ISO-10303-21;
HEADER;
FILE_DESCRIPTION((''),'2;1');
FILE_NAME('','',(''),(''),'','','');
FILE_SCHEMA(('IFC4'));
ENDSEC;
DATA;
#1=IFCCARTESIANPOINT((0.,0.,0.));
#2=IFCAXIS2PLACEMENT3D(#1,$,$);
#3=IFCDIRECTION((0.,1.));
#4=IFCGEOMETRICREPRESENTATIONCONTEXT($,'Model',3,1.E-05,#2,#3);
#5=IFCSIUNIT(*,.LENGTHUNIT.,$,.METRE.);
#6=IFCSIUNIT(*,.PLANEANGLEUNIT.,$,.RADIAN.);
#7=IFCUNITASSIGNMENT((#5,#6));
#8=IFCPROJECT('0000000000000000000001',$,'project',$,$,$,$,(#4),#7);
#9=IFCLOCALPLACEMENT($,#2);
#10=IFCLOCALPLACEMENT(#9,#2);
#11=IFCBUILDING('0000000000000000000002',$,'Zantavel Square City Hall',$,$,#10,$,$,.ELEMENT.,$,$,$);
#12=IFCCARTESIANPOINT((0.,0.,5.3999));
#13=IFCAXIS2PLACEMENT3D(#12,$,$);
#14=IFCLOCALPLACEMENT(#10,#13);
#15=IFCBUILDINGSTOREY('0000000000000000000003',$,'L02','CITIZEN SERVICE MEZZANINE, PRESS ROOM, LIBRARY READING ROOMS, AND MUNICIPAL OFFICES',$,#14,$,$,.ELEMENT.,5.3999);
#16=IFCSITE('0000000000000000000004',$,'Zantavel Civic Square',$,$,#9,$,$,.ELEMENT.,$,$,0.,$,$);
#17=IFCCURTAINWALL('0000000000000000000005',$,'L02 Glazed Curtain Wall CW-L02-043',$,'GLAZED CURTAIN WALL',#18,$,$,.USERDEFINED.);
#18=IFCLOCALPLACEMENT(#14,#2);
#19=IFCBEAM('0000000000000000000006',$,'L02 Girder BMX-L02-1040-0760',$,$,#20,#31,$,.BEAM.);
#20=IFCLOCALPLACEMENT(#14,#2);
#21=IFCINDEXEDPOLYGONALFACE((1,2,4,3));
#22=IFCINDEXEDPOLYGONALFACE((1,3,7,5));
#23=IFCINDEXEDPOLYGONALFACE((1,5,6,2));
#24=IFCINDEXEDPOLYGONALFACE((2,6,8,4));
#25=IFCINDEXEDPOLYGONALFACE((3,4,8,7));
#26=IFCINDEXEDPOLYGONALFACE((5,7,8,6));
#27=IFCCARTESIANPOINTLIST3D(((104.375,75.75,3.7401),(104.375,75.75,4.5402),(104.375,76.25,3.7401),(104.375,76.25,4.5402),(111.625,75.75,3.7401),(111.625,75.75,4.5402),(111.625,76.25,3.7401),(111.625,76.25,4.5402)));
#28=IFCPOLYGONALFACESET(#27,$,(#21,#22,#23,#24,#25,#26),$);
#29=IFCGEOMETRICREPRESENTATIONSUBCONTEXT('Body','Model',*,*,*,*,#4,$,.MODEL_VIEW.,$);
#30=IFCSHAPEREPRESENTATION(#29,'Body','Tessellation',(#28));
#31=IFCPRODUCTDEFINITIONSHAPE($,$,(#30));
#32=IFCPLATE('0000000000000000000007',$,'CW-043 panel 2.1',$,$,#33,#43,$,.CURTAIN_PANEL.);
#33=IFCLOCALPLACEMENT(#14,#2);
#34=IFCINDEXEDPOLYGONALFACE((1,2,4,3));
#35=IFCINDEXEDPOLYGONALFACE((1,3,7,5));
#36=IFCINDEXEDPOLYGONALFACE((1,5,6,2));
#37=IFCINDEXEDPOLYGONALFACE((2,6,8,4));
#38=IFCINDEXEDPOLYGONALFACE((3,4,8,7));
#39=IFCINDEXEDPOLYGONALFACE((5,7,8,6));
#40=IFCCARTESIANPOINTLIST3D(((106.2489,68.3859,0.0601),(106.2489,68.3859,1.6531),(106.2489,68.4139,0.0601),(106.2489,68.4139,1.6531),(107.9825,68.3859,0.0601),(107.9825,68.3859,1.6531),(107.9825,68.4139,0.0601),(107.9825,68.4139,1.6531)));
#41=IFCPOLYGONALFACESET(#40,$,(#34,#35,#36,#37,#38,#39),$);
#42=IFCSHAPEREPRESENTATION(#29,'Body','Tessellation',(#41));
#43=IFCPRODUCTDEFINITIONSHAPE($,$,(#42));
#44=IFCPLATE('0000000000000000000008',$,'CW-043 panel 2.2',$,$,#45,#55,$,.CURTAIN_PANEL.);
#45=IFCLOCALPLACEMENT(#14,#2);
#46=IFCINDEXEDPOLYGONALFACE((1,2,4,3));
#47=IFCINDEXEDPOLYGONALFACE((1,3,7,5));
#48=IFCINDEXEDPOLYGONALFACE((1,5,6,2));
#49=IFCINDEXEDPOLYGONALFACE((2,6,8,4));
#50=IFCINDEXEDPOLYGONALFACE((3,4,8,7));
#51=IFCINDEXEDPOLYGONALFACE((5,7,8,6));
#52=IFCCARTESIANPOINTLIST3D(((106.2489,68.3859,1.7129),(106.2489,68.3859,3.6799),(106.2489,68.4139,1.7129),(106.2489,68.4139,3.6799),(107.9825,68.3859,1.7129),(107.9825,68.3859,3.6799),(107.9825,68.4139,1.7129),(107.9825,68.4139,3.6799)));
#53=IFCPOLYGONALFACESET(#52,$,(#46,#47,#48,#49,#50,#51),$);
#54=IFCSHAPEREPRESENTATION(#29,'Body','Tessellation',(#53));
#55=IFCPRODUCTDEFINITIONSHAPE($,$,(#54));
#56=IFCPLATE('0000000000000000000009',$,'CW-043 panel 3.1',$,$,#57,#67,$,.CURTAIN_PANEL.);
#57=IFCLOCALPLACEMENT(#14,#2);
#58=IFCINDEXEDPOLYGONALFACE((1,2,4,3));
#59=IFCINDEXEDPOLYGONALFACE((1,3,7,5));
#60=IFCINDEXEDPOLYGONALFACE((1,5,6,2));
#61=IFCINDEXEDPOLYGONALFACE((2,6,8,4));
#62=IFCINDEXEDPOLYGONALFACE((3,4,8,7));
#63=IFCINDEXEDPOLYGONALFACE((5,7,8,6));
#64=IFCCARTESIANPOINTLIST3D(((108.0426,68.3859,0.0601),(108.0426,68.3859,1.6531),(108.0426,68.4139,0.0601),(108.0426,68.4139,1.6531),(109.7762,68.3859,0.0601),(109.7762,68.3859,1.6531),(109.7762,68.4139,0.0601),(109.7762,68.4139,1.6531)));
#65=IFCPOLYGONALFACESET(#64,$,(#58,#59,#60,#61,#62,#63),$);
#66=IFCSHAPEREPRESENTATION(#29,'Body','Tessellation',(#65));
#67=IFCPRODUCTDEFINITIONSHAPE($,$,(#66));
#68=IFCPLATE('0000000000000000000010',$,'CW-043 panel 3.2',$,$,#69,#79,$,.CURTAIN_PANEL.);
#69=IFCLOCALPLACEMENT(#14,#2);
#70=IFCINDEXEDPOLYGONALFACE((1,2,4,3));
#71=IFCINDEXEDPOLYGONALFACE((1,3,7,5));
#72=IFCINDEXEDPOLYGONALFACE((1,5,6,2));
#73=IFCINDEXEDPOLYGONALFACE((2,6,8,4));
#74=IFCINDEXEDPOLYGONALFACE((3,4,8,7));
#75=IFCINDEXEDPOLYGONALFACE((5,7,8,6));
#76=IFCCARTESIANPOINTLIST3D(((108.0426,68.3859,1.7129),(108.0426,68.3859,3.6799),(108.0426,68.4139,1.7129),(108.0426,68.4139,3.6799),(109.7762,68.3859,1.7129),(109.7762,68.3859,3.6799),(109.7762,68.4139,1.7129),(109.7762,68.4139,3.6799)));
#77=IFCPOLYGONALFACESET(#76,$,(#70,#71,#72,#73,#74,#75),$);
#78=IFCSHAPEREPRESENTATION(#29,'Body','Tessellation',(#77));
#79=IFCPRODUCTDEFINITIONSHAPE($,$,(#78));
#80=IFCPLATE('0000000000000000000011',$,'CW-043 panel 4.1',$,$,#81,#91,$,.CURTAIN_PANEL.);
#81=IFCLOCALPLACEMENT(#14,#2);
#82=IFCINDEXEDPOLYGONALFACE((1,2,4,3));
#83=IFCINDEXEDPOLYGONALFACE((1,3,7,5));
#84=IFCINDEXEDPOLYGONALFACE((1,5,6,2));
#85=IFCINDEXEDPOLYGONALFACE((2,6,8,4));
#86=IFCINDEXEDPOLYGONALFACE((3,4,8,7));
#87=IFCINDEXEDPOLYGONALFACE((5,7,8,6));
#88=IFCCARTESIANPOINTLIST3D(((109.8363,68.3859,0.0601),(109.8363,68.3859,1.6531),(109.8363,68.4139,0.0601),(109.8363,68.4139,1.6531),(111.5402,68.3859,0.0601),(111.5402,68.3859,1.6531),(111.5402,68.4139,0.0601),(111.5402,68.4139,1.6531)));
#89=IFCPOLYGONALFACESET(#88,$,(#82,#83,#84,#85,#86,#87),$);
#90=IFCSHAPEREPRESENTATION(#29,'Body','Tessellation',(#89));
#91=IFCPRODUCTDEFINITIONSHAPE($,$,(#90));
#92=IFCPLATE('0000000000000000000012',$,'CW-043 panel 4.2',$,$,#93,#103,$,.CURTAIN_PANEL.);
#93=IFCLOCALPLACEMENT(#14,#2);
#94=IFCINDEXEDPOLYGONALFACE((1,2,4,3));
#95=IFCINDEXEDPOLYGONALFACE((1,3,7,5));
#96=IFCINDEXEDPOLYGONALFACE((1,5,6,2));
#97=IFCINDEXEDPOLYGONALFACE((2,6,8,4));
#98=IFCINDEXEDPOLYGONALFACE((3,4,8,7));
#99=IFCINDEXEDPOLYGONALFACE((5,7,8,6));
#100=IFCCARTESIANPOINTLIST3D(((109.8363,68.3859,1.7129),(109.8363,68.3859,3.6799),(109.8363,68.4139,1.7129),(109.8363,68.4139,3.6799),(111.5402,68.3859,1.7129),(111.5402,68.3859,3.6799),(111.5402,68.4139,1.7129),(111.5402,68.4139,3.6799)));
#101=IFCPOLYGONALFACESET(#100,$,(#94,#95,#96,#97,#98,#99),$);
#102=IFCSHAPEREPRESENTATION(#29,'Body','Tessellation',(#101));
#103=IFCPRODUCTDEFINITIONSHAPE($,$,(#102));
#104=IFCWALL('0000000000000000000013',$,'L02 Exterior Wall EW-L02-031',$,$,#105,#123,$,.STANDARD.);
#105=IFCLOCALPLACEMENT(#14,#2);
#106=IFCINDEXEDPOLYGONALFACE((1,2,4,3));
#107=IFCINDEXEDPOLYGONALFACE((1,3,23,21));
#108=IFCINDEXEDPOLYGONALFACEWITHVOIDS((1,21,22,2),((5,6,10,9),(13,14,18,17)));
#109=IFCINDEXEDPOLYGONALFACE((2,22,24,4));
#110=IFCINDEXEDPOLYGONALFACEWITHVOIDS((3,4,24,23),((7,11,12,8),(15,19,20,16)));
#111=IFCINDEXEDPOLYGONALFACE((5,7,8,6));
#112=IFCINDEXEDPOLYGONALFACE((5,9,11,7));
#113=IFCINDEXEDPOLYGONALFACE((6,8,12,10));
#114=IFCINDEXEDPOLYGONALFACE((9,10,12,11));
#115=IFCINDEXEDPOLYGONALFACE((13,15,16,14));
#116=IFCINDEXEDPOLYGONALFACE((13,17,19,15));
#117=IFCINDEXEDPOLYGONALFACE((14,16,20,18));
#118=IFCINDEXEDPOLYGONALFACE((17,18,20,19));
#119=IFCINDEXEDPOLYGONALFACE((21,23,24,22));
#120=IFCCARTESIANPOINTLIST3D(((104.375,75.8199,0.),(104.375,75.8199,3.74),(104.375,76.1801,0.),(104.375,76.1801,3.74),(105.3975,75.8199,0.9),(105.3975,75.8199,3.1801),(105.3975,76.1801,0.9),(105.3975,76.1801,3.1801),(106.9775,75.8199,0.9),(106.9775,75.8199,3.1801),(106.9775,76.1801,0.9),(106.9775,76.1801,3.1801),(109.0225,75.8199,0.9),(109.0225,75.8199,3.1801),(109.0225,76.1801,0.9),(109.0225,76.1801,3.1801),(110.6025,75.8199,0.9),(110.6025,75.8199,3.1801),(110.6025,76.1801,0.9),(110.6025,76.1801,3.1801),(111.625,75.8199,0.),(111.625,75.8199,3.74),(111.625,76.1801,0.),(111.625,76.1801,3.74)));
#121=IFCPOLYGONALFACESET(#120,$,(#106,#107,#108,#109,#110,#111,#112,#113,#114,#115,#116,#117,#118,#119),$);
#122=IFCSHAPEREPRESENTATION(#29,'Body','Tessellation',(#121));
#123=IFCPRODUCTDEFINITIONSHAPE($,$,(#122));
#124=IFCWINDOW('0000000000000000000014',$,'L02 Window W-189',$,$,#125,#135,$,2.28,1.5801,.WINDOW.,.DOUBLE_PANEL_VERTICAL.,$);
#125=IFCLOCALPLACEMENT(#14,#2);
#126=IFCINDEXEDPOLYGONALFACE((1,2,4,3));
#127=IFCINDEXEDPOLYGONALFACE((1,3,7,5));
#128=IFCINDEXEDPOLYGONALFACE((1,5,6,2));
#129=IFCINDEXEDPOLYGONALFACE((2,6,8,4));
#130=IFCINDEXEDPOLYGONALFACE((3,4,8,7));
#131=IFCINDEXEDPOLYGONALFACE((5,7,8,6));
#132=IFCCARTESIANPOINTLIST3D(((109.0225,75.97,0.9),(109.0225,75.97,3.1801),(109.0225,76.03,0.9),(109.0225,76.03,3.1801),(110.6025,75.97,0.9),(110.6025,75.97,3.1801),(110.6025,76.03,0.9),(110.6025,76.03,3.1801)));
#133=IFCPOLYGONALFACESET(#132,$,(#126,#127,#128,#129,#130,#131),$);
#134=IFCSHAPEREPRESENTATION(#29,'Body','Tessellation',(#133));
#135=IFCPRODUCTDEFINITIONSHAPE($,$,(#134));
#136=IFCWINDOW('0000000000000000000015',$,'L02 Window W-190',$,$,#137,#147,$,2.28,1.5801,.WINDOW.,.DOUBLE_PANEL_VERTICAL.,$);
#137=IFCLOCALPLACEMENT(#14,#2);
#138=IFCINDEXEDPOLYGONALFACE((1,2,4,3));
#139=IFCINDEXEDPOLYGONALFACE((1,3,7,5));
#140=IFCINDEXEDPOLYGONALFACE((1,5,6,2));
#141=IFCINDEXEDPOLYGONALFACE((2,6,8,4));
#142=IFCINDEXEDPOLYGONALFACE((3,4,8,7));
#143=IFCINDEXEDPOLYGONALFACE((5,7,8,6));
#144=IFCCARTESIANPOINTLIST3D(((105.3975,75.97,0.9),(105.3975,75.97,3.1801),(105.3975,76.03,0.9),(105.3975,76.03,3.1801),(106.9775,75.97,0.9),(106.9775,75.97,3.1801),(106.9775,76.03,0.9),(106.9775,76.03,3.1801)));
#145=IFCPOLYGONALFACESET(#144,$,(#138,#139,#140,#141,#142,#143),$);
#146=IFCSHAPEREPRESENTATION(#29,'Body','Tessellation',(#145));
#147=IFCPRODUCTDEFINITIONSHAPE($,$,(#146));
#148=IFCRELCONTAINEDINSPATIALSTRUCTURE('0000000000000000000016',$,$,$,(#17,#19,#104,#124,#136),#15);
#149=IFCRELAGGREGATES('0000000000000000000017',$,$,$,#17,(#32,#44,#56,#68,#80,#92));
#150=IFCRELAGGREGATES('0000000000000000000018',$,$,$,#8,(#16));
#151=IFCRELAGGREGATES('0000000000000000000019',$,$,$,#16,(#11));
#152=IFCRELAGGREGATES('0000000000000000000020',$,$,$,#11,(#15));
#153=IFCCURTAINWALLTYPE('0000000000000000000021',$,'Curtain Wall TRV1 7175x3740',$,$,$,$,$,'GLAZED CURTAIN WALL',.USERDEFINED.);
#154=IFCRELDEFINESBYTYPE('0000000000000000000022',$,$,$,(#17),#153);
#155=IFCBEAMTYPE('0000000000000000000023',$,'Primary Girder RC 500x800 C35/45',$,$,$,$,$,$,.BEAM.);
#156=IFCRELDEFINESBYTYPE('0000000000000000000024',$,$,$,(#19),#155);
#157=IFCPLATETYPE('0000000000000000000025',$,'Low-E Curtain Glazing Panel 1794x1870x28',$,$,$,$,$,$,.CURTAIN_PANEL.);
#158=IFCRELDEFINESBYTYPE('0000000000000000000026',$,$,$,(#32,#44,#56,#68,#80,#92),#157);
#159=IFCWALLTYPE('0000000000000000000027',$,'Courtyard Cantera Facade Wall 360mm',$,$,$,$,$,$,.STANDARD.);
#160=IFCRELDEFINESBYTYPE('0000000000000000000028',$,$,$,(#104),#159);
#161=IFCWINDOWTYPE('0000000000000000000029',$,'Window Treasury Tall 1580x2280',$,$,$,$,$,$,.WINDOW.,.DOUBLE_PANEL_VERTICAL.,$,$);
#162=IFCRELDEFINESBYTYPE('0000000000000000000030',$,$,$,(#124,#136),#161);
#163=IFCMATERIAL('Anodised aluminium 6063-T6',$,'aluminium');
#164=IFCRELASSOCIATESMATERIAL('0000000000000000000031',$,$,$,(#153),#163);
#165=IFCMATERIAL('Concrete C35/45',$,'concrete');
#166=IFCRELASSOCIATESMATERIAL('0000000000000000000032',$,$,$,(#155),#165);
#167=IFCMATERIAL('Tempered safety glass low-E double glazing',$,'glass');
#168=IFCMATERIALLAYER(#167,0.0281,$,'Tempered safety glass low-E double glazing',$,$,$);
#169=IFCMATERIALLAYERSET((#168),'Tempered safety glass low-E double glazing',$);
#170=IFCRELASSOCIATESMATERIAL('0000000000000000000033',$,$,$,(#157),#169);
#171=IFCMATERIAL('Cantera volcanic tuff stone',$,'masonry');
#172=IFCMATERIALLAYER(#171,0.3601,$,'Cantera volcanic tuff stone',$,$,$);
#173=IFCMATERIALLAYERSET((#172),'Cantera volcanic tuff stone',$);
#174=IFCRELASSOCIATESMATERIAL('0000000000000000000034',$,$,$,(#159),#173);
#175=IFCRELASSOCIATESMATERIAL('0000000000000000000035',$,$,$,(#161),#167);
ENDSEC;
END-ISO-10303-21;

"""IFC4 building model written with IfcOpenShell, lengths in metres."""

from ifc_helpers import new_model, si_unit, direction, frame, frame_2d, origin, origin_2d, place, context, subcontext, project, spatial, rectangle, extrude, material, layer, layer_set, material_profile, profile_set, type_object, element, fill, aggregate, save


model = new_model("IFC4")

# Units and contexts
model_context = context("Model", 3, precision=1e-05, world=origin(), true_north=direction((0.0, 1.0)))
body_context = subcontext(model_context, "Body", "Model", "MODEL_VIEW")
ifc_project = project(units=[si_unit("LENGTHUNIT", "METRE"), si_unit("PLANEANGLEUNIT", "RADIAN")], contexts=[model_context])

# Site, building, storey
site_placement = place(None, origin())
site = spatial("IfcSite", under=ifc_project, at=site_placement, Name="Zantavel Civic Square", CompositionType="ELEMENT", RefElevation=0.0)
building_placement = place(site_placement, origin())
building = spatial("IfcBuilding", under=site, at=building_placement, Name="Zantavel Square City Hall", CompositionType="ELEMENT")
storey_placement = place(building_placement, frame((0.0, 0.0, 5.3999)))
storey = spatial("IfcBuildingStorey", under=building, at=storey_placement, Name="L02", Description="CITIZEN SERVICE MEZZANINE, PRESS ROOM, LIBRARY READING ROOMS, AND MUNICIPAL OFFICES", CompositionType="ELEMENT", Elevation=5.3999)

# Curtain wall
ifc_material_1 = material(Name="Anodised aluminium 6063-T6", Category="aluminium")
curtain_wall_type = type_object("IfcCurtainWallType", Name="Curtain Wall TRV1 7175x3740", ElementType="GLAZED CURTAIN WALL", PredefinedType="USERDEFINED", material=ifc_material_1)
curtain_wall_placement = place(storey_placement, origin())
curtain_wall = element("IfcCurtainWall", 1, at=curtain_wall_placement, inside=storey, type_object=curtain_wall_type, Name="L02 Glazed Curtain Wall CW-L02-043", ObjectType="GLAZED CURTAIN WALL", PredefinedType="USERDEFINED")

# Beam
ifc_material_2 = material(Name="Concrete C35/45", Category="concrete")
ifc_material_profile_1 = material_profile(ifc_material_2, rectangle(XDim=0.5, YDim=0.8, at=origin_2d()), Name="RC 500x800")
ifc_profile_set_1 = profile_set([ifc_material_profile_1], Name="Concrete C35/45")
beam_type_1 = type_object("IfcBeamType", Name="Primary Girder RC 500x800 C35/45", PredefinedType="BEAM", material=ifc_profile_set_1)
beam_1_placement = place(storey_placement, frame((104.375, 76.0, 4.1401), z_axis=(1.0, 0.0, 0.0), x_axis=(0.0, 1.0, 0.0)))
element("IfcBeam", 2, at=beam_1_placement, inside=storey, type_object=beam_type_1, Name="L02 Girder BMX-L02-1040-0760", PredefinedType="BEAM", context=body_context, shape_type="SweptSolid", body=[
    extrude(rectangle(XDim=0.5, YDim=0.8, at=origin_2d()), origin(), (0.0, 0.0, 1.0), 7.25),
])

# Plates
ifc_material_3 = material(Name="Tempered safety glass low-E double glazing", Category="glass")
ifc_layer_1 = layer(ifc_material_3, 0.0281, Name="Tempered safety glass low-E double glazing")
ifc_layer_set_1 = layer_set([ifc_layer_1], Name="Tempered safety glass low-E double glazing")
plate_type = type_object("IfcPlateType", Name="Low-E Curtain Glazing Panel 1794x1870x28", PredefinedType="CURTAIN_PANEL", material=ifc_layer_set_1)
plate_1_placement = place(storey_placement, frame((107.1157, 68.3999, 0.0601), z_axis=(0.0, 0.0, 1.0), x_axis=(1.0, 0.0, 0.0)))
plate_1 = element("IfcPlate", 3, at=plate_1_placement, type_object=plate_type, Name="CW-043 panel 2.1", PredefinedType="CURTAIN_PANEL", context=body_context, shape_type="SweptSolid", body=[
    extrude(rectangle(XDim=1.7336, YDim=0.0281, at=origin_2d()), origin(), (0.0, 0.0, 1.0), 1.593),
])
plate_2_placement = place(storey_placement, frame((107.1157, 68.3999, 1.7129), z_axis=(0.0, 0.0, 1.0), x_axis=(1.0, 0.0, 0.0)))
plate_2 = element("IfcPlate", 4, at=plate_2_placement, type_object=plate_type, Name="CW-043 panel 2.2", PredefinedType="CURTAIN_PANEL", context=body_context, shape_type="SweptSolid", body=[
    extrude(rectangle(XDim=1.7336, YDim=0.0281, at=origin_2d()), origin(), (0.0, 0.0, 1.0), 1.967),
])
plate_3_placement = place(storey_placement, frame((108.9094, 68.3999, 0.0601), z_axis=(0.0, 0.0, 1.0), x_axis=(1.0, 0.0, 0.0)))
plate_3 = element("IfcPlate", 5, at=plate_3_placement, type_object=plate_type, Name="CW-043 panel 3.1", PredefinedType="CURTAIN_PANEL", context=body_context, shape_type="SweptSolid", body=[
    extrude(rectangle(XDim=1.7336, YDim=0.0281, at=origin_2d()), origin(), (0.0, 0.0, 1.0), 1.593),
])
plate_4_placement = place(storey_placement, frame((108.9094, 68.3999, 1.7129), z_axis=(0.0, 0.0, 1.0), x_axis=(1.0, 0.0, 0.0)))
plate_4 = element("IfcPlate", 6, at=plate_4_placement, type_object=plate_type, Name="CW-043 panel 3.2", PredefinedType="CURTAIN_PANEL", context=body_context, shape_type="SweptSolid", body=[
    extrude(rectangle(XDim=1.7336, YDim=0.0281, at=origin_2d()), origin(), (0.0, 0.0, 1.0), 1.967),
])
plate_5_placement = place(storey_placement, frame((110.6882, 68.3999, 0.0601), z_axis=(0.0, 0.0, 1.0), x_axis=(1.0, 0.0, 0.0)))
plate_5 = element("IfcPlate", 7, at=plate_5_placement, type_object=plate_type, Name="CW-043 panel 4.1", PredefinedType="CURTAIN_PANEL", context=body_context, shape_type="SweptSolid", body=[
    extrude(rectangle(XDim=1.7039, YDim=0.0281, at=origin_2d()), origin(), (0.0, 0.0, 1.0), 1.593),
])
plate_6_placement = place(storey_placement, frame((110.6882, 68.3999, 1.7129), z_axis=(0.0, 0.0, 1.0), x_axis=(1.0, 0.0, 0.0)))
plate_6 = element("IfcPlate", 8, at=plate_6_placement, type_object=plate_type, Name="CW-043 panel 4.2", PredefinedType="CURTAIN_PANEL", context=body_context, shape_type="SweptSolid", body=[
    extrude(rectangle(XDim=1.7039, YDim=0.0281, at=origin_2d()), origin(), (0.0, 0.0, 1.0), 1.967),
])
aggregate(curtain_wall, [plate_1, plate_2, plate_3, plate_4, plate_5, plate_6])

# Wall, openings, windows
ifc_material_4 = material(Name="Cantera volcanic tuff stone", Category="masonry")
ifc_layer_2 = layer(ifc_material_4, 0.3601, Name="Cantera volcanic tuff stone")
ifc_layer_set_2 = layer_set([ifc_layer_2], Name="Cantera volcanic tuff stone")
wall_type_1 = type_object("IfcWallType", Name="Courtyard Cantera Facade Wall 360mm", PredefinedType="STANDARD", material=ifc_layer_set_2)
wall_1_placement = place(storey_placement, frame((111.625, 76.0, 0.0), z_axis=(0.0, 0.0, 1.0), x_axis=(-1.0, 0.0, 0.0)))
wall_1 = element("IfcWall", 9, at=wall_1_placement, inside=storey, type_object=wall_type_1, Name="L02 Exterior Wall EW-L02-031", PredefinedType="STANDARD", context=body_context, shape_type="SweptSolid", body=[
    extrude(rectangle(XDim=7.25, YDim=0.3601, at=frame_2d((3.625, 0.0))), origin(), (0.0, 0.0, 1.0), 3.74),
])
opening_1_placement = place(wall_1_placement, frame((1.0225, 0.0, 0.8999)))
opening_1 = element("IfcOpeningElement", 10, at=opening_1_placement, cuts=wall_1, PredefinedType="OPENING", context=body_context, shape_type="SweptSolid", body=[
    extrude(rectangle(XDim=1.5801, YDim=2.28, at=frame_2d((0.79, 1.1401))), frame((0.0, 0.1899, 0.0), z_axis=(0.0, -1.0, 0.0), x_axis=(1.0, 0.0, 0.0)), (0.0, 0.0, 1.0), 0.3801),
])
opening_2_placement = place(wall_1_placement, frame((4.6475, 0.0, 0.8999)))
opening_2 = element("IfcOpeningElement", 11, at=opening_2_placement, cuts=wall_1, PredefinedType="OPENING", context=body_context, shape_type="SweptSolid", body=[
    extrude(rectangle(XDim=1.5801, YDim=2.28, at=frame_2d((0.79, 1.1401))), frame((0.0, 0.1899, 0.0), z_axis=(0.0, -1.0, 0.0), x_axis=(1.0, 0.0, 0.0)), (0.0, 0.0, 1.0), 0.3801),
])
window_type = type_object("IfcWindowType", Name="Window Treasury Tall 1580x2280", PartitioningType="DOUBLE_PANEL_VERTICAL", PredefinedType="WINDOW", material=ifc_material_3)
window_1_placement = place(opening_1_placement, origin())
window_1 = element("IfcWindow", 12, at=window_1_placement, inside=storey, type_object=window_type, Name="L02 Window W-189", OverallHeight=2.28, OverallWidth=1.5801, PartitioningType="DOUBLE_PANEL_VERTICAL", PredefinedType="WINDOW", context=body_context, shape_type="SweptSolid", body=[
    extrude(rectangle(XDim=1.5801, YDim=2.28, at=frame_2d((0.79, 1.1401))), frame((0.0, 0.03, 0.0), z_axis=(0.0, -1.0, 0.0), x_axis=(1.0, 0.0, 0.0)), (0.0, 0.0, 1.0), 0.0601),
])
fill(opening_1, window_1)
window_2_placement = place(opening_2_placement, origin())
window_2 = element("IfcWindow", 13, at=window_2_placement, inside=storey, type_object=window_type, Name="L02 Window W-190", OverallHeight=2.28, OverallWidth=1.5801, PartitioningType="DOUBLE_PANEL_VERTICAL", PredefinedType="WINDOW", context=body_context, shape_type="SweptSolid", body=[
    extrude(rectangle(XDim=1.5801, YDim=2.28, at=frame_2d((0.79, 1.1401))), frame((0.0, 0.03, 0.0), z_axis=(0.0, -1.0, 0.0), x_axis=(1.0, 0.0, 0.0)), (0.0, 0.0, 1.0), 0.0601),
])
fill(opening_2, window_2)

save(model, "model.ifc")
